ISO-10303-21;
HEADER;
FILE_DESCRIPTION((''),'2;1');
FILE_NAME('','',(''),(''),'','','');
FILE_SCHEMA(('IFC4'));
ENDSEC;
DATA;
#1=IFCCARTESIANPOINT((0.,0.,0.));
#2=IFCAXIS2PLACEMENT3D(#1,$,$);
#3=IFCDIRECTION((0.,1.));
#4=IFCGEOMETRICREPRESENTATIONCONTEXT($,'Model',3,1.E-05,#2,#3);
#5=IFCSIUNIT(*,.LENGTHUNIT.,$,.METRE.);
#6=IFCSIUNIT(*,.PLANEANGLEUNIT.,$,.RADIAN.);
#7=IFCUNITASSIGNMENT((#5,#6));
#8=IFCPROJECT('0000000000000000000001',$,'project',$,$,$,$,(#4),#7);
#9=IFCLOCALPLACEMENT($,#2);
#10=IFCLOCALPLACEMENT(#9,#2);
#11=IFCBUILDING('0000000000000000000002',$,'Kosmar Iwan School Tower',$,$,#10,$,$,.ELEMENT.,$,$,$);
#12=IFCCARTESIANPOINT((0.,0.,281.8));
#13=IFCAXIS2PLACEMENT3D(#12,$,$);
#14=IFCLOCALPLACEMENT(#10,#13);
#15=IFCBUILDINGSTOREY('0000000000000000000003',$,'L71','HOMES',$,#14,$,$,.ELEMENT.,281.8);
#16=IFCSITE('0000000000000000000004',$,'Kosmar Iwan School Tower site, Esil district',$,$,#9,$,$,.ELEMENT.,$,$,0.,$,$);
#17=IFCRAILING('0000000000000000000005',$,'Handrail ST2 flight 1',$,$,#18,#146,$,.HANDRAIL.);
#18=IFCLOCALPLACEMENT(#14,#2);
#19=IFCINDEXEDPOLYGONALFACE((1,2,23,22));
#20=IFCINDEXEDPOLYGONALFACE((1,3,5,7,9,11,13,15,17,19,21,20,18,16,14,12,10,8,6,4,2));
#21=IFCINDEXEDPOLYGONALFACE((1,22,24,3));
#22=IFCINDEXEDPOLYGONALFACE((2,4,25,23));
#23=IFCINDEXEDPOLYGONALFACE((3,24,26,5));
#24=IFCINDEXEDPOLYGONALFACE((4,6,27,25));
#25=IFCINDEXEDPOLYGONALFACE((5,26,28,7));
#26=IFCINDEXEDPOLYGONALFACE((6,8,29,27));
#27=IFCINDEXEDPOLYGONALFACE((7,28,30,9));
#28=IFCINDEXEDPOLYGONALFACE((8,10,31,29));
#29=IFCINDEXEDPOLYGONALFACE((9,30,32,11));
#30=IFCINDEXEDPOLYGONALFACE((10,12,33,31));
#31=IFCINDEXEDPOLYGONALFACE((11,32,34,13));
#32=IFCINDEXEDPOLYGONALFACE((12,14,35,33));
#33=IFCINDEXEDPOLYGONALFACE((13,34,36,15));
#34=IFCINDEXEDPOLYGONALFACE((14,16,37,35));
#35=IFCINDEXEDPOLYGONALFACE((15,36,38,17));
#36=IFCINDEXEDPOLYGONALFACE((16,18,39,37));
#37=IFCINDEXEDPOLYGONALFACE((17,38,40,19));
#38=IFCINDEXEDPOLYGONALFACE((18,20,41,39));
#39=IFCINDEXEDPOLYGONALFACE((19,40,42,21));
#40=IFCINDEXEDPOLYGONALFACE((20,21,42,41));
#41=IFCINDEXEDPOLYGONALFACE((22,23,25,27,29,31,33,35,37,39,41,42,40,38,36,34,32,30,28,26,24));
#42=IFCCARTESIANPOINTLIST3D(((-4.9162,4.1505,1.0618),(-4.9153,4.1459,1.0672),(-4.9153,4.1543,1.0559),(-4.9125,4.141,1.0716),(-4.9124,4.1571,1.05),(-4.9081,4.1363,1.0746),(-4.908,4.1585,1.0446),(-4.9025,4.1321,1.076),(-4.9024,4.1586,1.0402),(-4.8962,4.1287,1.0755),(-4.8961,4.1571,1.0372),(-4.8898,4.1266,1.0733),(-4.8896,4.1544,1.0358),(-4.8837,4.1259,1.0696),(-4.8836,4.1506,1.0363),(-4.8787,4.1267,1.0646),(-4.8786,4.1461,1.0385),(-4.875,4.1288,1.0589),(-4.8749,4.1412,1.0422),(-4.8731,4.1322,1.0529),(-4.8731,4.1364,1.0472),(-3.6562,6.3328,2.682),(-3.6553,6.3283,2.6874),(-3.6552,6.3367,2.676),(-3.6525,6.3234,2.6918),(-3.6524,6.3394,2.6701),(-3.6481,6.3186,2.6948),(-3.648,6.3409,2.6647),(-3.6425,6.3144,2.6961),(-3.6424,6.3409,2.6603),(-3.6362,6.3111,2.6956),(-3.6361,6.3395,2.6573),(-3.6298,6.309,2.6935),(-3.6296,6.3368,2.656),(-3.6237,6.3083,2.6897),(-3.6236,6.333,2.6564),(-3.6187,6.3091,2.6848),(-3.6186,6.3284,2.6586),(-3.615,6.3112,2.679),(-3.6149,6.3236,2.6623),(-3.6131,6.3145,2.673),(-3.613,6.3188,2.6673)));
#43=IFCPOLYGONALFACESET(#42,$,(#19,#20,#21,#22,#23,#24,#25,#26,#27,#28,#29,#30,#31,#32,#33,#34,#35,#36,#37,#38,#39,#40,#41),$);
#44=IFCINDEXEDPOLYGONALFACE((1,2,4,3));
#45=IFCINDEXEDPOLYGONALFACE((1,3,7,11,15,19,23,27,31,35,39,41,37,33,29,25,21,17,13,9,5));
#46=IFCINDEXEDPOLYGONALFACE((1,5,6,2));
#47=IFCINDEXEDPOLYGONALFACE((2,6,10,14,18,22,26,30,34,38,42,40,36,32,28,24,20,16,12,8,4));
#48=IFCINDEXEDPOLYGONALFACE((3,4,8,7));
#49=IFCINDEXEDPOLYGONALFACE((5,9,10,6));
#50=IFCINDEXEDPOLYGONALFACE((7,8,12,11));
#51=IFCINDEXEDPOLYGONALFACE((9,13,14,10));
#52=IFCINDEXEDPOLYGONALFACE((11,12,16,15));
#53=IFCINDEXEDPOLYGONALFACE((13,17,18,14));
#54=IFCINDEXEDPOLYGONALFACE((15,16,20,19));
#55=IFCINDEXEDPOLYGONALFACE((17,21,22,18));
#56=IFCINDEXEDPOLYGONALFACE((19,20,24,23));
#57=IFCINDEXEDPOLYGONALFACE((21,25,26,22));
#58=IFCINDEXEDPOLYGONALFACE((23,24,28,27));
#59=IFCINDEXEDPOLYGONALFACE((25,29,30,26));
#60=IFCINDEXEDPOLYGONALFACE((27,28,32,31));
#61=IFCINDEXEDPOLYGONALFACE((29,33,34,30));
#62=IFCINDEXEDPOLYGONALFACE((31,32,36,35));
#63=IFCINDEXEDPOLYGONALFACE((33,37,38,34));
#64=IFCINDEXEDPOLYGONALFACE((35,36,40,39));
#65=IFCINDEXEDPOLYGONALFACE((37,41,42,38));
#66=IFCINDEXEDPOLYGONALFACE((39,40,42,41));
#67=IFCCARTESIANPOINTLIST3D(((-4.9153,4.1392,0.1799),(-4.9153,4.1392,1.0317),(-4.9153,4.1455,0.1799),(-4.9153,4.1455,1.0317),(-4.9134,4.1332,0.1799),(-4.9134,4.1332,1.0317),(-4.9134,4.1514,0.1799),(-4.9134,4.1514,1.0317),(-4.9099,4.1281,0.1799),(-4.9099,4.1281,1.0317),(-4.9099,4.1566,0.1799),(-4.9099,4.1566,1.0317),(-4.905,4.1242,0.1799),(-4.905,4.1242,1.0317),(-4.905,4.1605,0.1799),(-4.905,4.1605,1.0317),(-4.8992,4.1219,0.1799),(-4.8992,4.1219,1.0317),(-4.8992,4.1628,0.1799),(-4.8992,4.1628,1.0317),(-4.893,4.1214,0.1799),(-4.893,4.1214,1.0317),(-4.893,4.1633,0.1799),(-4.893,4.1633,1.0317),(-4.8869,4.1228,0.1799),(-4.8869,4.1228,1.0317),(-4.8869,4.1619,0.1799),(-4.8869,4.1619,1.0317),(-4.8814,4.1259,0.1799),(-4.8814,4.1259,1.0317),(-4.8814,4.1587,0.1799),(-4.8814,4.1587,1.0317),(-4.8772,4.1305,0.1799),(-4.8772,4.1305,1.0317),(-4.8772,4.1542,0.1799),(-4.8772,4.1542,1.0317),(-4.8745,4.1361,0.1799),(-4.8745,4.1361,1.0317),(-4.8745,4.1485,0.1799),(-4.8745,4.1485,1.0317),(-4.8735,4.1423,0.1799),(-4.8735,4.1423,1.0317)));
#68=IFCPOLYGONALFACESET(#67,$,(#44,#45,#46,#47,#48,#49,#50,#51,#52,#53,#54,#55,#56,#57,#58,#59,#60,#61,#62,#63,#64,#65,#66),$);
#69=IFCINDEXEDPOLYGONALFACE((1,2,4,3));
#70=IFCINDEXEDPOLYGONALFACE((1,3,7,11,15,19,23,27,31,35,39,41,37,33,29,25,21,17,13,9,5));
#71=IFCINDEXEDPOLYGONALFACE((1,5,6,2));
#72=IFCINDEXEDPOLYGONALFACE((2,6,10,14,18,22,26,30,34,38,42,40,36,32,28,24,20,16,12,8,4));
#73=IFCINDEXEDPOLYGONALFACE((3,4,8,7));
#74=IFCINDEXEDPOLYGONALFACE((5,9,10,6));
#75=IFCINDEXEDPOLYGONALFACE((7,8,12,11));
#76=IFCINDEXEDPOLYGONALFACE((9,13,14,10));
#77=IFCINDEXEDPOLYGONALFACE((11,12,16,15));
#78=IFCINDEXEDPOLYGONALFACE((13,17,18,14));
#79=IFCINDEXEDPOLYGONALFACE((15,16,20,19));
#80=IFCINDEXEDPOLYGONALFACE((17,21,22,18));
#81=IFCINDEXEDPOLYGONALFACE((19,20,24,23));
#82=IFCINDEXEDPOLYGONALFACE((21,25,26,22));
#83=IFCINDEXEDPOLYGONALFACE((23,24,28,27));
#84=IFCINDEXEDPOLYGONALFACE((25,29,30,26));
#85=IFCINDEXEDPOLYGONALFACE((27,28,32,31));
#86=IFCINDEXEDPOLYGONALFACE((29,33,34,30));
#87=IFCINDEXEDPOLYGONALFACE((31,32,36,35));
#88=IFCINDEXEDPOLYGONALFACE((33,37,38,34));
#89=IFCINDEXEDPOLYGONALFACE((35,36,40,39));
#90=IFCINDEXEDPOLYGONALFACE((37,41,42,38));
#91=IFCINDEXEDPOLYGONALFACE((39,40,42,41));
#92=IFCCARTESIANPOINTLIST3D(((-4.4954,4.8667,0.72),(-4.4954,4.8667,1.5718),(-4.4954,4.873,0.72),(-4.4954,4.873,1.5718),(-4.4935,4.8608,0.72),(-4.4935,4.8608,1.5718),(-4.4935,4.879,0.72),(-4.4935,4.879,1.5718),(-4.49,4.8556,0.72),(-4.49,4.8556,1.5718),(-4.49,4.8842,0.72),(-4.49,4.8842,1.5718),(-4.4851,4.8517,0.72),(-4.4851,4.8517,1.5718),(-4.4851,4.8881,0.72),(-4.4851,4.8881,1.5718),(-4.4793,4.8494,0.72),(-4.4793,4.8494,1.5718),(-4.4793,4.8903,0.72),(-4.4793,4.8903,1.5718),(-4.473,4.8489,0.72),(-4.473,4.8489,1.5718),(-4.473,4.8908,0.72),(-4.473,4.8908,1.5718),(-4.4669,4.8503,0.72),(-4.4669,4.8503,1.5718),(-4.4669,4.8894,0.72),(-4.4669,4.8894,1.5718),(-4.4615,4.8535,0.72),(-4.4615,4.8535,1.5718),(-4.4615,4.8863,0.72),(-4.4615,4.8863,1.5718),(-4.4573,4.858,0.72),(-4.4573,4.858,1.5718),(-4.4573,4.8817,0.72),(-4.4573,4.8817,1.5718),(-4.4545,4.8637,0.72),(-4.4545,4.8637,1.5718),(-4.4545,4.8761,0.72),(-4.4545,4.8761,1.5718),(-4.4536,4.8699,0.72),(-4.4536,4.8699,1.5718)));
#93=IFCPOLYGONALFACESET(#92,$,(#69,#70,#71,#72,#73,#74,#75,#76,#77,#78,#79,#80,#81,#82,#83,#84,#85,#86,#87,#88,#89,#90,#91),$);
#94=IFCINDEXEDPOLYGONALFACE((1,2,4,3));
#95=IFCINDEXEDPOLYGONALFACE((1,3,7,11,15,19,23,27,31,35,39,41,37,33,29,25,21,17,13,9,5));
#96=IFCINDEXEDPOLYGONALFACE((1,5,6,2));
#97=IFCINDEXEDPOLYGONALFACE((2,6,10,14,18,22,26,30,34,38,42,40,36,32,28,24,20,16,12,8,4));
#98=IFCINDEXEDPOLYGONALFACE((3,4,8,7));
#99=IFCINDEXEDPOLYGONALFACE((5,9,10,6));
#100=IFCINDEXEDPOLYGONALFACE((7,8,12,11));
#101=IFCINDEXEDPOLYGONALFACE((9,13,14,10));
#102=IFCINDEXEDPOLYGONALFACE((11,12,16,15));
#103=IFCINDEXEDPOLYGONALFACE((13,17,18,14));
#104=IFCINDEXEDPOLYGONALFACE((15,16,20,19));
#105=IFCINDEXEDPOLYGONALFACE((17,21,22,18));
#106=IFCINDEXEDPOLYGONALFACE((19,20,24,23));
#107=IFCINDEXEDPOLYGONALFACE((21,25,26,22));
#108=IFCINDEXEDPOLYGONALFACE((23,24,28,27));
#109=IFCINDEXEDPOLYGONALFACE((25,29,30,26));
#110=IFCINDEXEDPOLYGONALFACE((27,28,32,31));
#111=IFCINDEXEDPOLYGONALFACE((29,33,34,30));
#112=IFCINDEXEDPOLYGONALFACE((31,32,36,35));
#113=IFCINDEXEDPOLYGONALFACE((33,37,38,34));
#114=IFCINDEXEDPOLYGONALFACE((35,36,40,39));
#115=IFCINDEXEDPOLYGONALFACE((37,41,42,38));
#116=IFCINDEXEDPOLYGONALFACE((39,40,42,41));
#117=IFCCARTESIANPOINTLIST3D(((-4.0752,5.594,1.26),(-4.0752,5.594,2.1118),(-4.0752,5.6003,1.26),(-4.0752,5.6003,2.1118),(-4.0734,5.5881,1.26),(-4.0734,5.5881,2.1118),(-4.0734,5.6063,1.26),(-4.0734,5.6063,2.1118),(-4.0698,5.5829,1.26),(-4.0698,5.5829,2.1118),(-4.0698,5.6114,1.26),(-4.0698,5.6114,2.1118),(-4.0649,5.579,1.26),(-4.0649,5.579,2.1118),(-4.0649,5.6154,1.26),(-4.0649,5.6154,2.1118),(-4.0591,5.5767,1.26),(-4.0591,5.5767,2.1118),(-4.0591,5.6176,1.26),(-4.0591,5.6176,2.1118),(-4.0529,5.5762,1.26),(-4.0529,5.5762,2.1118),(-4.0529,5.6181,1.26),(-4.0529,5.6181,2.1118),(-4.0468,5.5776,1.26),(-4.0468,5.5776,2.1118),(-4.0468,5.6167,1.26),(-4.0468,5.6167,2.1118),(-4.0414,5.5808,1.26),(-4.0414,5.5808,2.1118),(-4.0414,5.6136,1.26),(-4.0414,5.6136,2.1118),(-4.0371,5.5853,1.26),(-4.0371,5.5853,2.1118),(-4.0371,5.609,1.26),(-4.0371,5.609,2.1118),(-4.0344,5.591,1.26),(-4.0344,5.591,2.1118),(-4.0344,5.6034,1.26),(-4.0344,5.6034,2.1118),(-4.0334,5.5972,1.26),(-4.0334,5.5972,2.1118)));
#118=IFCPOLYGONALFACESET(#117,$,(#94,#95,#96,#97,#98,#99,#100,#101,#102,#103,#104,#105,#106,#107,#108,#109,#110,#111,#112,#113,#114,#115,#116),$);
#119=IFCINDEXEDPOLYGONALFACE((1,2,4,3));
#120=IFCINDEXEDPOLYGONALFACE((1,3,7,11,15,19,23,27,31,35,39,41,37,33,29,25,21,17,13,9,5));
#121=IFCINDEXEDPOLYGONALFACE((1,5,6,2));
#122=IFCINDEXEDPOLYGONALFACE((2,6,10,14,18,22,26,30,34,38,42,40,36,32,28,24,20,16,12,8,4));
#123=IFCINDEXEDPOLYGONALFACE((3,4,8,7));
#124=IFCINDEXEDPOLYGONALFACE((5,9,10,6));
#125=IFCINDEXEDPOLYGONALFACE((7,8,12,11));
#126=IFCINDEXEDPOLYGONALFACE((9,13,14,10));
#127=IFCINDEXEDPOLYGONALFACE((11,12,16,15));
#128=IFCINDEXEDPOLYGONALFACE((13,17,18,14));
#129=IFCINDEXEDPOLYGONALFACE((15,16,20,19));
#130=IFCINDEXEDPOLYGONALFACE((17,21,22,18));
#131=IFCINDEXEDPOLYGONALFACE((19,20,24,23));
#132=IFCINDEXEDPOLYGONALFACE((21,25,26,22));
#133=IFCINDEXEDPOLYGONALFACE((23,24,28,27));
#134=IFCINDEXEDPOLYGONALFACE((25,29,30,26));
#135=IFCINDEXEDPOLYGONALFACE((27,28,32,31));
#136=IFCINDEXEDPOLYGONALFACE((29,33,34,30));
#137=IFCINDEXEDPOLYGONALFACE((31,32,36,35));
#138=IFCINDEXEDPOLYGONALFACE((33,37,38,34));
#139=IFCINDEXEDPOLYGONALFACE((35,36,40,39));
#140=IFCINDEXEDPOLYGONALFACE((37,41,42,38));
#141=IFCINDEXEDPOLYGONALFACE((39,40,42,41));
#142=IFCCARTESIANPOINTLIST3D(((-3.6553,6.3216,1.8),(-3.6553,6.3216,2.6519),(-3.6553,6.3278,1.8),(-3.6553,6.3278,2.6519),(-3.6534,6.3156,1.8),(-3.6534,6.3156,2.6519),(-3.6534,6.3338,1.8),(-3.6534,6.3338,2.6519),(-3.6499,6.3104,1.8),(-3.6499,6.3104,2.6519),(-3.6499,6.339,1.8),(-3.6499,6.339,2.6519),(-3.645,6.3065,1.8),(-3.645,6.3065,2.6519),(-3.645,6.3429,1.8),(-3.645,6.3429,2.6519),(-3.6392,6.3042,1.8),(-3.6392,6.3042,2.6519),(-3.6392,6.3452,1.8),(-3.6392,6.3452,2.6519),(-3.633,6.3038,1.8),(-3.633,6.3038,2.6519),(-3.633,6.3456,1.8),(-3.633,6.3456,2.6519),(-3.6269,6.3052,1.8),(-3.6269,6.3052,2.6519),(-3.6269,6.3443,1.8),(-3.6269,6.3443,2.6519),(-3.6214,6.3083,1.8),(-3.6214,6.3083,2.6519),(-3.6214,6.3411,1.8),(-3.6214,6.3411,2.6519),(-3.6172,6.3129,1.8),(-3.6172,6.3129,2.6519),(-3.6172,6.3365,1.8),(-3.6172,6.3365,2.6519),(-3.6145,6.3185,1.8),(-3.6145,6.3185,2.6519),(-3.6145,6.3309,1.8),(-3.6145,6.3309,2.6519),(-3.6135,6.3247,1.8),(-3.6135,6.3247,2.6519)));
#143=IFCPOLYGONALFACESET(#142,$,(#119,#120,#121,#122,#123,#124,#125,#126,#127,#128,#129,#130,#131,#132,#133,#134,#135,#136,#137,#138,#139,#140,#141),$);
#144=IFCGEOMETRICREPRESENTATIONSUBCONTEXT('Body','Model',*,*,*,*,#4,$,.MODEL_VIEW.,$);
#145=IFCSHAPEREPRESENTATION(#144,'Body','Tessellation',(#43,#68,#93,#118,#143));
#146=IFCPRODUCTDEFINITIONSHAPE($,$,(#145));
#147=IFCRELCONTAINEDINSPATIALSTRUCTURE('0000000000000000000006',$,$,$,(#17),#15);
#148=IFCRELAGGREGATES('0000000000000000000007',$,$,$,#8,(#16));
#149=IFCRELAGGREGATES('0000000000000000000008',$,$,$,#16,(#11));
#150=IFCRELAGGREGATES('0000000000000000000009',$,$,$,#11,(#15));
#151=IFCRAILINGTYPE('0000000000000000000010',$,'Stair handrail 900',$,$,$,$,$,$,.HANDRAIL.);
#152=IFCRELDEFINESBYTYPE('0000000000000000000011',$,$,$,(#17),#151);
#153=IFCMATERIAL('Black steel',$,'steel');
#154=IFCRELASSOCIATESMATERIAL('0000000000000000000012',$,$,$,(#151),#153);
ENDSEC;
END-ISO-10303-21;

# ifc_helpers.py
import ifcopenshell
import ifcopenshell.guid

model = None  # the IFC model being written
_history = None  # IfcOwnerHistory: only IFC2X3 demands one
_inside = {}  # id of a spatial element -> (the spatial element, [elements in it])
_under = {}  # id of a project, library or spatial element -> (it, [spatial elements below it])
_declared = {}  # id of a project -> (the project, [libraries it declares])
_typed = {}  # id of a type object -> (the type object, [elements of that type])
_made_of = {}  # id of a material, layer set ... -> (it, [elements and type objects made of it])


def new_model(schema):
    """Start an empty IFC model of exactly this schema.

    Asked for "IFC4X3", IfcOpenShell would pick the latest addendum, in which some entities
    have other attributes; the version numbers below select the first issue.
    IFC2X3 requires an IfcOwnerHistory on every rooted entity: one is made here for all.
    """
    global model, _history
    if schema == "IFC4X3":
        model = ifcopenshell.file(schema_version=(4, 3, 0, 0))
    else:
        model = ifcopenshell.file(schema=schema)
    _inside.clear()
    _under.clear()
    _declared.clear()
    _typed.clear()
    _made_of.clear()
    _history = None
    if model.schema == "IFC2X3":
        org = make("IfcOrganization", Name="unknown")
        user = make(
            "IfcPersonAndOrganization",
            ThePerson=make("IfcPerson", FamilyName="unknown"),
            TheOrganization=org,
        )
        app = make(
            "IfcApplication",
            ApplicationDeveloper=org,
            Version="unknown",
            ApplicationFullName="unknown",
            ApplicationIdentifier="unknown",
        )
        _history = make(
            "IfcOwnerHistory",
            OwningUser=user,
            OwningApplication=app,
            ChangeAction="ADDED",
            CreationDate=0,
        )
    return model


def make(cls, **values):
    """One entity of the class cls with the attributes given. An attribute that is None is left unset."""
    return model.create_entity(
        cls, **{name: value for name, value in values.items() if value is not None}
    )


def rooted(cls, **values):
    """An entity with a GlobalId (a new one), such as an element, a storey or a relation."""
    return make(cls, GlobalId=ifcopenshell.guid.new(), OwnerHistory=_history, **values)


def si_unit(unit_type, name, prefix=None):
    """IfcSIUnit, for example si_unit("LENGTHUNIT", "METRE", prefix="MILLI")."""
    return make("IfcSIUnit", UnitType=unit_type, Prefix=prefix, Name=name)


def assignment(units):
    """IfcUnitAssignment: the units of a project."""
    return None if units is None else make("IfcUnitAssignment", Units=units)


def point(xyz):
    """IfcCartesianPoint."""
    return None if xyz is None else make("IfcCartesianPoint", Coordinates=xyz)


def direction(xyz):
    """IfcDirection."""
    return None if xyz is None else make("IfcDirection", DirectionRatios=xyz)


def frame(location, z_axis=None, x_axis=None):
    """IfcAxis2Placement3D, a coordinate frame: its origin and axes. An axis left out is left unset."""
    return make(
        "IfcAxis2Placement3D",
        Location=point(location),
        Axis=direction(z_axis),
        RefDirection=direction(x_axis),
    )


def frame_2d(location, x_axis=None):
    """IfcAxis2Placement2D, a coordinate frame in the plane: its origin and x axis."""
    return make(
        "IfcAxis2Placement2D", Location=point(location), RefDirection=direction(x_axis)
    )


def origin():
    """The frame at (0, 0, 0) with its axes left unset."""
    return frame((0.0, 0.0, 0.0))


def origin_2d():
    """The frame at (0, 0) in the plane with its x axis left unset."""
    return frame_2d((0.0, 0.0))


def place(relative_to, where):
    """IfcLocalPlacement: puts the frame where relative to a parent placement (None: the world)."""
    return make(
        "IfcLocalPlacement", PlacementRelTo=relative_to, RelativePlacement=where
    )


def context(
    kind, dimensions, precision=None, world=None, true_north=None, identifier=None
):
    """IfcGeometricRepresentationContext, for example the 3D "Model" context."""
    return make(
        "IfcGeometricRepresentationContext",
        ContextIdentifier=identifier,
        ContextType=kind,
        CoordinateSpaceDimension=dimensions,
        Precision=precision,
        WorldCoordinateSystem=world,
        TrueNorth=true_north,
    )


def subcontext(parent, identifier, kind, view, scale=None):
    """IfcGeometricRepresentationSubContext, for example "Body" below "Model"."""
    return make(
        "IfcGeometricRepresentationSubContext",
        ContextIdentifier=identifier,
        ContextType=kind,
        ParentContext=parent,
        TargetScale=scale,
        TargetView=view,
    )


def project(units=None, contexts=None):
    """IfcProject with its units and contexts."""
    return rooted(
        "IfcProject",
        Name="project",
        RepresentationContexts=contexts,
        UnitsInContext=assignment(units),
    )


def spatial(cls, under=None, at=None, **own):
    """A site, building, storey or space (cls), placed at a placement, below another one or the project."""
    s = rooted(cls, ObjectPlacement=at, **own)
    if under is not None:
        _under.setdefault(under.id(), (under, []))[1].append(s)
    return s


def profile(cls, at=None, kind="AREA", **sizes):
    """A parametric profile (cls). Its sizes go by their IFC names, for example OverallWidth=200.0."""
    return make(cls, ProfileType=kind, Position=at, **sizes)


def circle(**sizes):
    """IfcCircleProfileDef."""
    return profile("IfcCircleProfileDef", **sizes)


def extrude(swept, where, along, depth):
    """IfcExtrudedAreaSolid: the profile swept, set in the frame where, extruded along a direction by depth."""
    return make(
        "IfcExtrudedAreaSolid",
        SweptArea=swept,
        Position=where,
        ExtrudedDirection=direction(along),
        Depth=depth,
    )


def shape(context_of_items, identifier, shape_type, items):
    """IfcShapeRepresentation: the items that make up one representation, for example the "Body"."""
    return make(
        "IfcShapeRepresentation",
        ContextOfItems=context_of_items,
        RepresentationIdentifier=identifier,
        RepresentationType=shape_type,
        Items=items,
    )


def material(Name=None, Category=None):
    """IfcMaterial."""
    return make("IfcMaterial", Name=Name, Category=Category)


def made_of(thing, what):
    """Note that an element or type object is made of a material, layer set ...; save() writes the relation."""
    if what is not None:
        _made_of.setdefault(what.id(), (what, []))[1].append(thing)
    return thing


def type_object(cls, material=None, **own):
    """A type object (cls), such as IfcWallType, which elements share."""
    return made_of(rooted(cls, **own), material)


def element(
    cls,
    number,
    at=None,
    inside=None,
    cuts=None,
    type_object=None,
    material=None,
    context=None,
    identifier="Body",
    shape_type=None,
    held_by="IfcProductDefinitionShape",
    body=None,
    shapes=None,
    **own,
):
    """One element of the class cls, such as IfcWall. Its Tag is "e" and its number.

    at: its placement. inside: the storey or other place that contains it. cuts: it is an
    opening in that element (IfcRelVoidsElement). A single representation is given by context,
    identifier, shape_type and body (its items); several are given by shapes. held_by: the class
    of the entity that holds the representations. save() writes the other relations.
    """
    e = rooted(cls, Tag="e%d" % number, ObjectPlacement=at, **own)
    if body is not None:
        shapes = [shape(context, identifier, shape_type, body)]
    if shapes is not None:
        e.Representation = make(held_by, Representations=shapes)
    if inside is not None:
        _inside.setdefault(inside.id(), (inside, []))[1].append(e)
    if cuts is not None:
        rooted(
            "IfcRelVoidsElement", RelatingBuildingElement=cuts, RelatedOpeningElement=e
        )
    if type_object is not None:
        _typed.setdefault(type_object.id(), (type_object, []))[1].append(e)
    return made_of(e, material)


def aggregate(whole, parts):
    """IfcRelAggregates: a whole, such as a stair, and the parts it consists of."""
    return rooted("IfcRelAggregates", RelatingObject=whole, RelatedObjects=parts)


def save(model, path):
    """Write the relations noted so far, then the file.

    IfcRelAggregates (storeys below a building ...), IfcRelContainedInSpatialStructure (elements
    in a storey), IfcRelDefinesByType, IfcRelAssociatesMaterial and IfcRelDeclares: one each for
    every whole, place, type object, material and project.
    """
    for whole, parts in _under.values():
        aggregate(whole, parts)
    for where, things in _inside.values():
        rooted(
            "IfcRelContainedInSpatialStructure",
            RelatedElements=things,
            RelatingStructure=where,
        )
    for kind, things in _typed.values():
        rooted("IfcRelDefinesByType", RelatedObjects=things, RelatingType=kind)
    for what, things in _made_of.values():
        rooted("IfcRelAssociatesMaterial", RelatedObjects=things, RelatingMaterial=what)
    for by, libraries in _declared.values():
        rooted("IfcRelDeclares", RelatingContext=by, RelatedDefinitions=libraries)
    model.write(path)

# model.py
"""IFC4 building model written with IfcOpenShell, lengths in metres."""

from ifc_helpers import new_model, si_unit, direction, frame, origin, origin_2d, place, context, subcontext, project, spatial, circle, extrude, material, type_object, element, save


model = new_model("IFC4")

# Units and contexts
model_context = context("Model", 3, precision=1e-05, world=origin(), true_north=direction((0.0, 1.0)))
body_context = subcontext(model_context, "Body", "Model", "MODEL_VIEW")
ifc_project = project(units=[si_unit("LENGTHUNIT", "METRE"), si_unit("PLANEANGLEUNIT", "RADIAN")], contexts=[model_context])

# Site, building, storey
site_placement = place(None, origin())
site = spatial("IfcSite", under=ifc_project, at=site_placement, Name="Kosmar Iwan School Tower site, Esil district", CompositionType="ELEMENT", RefElevation=0.0)
building_placement = place(site_placement, origin())
building = spatial("IfcBuilding", under=site, at=building_placement, Name="Kosmar Iwan School Tower", CompositionType="ELEMENT")
storey_placement = place(building_placement, frame((0.0, 0.0, 281.8)))
storey = spatial("IfcBuildingStorey", under=building, at=storey_placement, Name="L71", Description="HOMES", CompositionType="ELEMENT", Elevation=281.8)

# Railing
ifc_material_1 = material(Name="Black steel", Category="steel")
railing_type = type_object("IfcRailingType", Name="Stair handrail 900", PredefinedType="HANDRAIL", material=ifc_material_1)
railing_placement = place(storey_placement, frame((-4.8945, 4.1423, 0.1799)))
element("IfcRailing", 1, at=railing_placement, inside=storey, type_object=railing_type, Name="Handrail ST2 flight 1", PredefinedType="HANDRAIL", context=body_context, shape_type="SweptSolid", body=[
    extrude(circle(Radius=0.0239, at=origin_2d()), frame((0.0, 0.0, 0.876), z_axis=(0.420584, 0.728464, 0.540786), x_axis=(-0.866023, 0.500005, 0.0)), (0.0, 0.0, 1.0), 2.9958),
    extrude(circle(Radius=0.021, at=origin_2d()), origin(), (0.0, 0.0, 1.0), 0.8518),
    extrude(circle(Radius=0.021, at=origin_2d()), frame((0.4199, 0.7275, 0.54)), (0.0, 0.0, 1.0), 0.8518),
    extrude(circle(Radius=0.021, at=origin_2d()), frame((0.8401, 1.4548, 1.0801)), (0.0, 0.0, 1.0), 0.8518),
    extrude(circle(Radius=0.021, at=origin_2d()), frame((1.26, 2.1824, 1.6201)), (0.0, 0.0, 1.0), 0.8518),
])

save(model, "model.ifc")
